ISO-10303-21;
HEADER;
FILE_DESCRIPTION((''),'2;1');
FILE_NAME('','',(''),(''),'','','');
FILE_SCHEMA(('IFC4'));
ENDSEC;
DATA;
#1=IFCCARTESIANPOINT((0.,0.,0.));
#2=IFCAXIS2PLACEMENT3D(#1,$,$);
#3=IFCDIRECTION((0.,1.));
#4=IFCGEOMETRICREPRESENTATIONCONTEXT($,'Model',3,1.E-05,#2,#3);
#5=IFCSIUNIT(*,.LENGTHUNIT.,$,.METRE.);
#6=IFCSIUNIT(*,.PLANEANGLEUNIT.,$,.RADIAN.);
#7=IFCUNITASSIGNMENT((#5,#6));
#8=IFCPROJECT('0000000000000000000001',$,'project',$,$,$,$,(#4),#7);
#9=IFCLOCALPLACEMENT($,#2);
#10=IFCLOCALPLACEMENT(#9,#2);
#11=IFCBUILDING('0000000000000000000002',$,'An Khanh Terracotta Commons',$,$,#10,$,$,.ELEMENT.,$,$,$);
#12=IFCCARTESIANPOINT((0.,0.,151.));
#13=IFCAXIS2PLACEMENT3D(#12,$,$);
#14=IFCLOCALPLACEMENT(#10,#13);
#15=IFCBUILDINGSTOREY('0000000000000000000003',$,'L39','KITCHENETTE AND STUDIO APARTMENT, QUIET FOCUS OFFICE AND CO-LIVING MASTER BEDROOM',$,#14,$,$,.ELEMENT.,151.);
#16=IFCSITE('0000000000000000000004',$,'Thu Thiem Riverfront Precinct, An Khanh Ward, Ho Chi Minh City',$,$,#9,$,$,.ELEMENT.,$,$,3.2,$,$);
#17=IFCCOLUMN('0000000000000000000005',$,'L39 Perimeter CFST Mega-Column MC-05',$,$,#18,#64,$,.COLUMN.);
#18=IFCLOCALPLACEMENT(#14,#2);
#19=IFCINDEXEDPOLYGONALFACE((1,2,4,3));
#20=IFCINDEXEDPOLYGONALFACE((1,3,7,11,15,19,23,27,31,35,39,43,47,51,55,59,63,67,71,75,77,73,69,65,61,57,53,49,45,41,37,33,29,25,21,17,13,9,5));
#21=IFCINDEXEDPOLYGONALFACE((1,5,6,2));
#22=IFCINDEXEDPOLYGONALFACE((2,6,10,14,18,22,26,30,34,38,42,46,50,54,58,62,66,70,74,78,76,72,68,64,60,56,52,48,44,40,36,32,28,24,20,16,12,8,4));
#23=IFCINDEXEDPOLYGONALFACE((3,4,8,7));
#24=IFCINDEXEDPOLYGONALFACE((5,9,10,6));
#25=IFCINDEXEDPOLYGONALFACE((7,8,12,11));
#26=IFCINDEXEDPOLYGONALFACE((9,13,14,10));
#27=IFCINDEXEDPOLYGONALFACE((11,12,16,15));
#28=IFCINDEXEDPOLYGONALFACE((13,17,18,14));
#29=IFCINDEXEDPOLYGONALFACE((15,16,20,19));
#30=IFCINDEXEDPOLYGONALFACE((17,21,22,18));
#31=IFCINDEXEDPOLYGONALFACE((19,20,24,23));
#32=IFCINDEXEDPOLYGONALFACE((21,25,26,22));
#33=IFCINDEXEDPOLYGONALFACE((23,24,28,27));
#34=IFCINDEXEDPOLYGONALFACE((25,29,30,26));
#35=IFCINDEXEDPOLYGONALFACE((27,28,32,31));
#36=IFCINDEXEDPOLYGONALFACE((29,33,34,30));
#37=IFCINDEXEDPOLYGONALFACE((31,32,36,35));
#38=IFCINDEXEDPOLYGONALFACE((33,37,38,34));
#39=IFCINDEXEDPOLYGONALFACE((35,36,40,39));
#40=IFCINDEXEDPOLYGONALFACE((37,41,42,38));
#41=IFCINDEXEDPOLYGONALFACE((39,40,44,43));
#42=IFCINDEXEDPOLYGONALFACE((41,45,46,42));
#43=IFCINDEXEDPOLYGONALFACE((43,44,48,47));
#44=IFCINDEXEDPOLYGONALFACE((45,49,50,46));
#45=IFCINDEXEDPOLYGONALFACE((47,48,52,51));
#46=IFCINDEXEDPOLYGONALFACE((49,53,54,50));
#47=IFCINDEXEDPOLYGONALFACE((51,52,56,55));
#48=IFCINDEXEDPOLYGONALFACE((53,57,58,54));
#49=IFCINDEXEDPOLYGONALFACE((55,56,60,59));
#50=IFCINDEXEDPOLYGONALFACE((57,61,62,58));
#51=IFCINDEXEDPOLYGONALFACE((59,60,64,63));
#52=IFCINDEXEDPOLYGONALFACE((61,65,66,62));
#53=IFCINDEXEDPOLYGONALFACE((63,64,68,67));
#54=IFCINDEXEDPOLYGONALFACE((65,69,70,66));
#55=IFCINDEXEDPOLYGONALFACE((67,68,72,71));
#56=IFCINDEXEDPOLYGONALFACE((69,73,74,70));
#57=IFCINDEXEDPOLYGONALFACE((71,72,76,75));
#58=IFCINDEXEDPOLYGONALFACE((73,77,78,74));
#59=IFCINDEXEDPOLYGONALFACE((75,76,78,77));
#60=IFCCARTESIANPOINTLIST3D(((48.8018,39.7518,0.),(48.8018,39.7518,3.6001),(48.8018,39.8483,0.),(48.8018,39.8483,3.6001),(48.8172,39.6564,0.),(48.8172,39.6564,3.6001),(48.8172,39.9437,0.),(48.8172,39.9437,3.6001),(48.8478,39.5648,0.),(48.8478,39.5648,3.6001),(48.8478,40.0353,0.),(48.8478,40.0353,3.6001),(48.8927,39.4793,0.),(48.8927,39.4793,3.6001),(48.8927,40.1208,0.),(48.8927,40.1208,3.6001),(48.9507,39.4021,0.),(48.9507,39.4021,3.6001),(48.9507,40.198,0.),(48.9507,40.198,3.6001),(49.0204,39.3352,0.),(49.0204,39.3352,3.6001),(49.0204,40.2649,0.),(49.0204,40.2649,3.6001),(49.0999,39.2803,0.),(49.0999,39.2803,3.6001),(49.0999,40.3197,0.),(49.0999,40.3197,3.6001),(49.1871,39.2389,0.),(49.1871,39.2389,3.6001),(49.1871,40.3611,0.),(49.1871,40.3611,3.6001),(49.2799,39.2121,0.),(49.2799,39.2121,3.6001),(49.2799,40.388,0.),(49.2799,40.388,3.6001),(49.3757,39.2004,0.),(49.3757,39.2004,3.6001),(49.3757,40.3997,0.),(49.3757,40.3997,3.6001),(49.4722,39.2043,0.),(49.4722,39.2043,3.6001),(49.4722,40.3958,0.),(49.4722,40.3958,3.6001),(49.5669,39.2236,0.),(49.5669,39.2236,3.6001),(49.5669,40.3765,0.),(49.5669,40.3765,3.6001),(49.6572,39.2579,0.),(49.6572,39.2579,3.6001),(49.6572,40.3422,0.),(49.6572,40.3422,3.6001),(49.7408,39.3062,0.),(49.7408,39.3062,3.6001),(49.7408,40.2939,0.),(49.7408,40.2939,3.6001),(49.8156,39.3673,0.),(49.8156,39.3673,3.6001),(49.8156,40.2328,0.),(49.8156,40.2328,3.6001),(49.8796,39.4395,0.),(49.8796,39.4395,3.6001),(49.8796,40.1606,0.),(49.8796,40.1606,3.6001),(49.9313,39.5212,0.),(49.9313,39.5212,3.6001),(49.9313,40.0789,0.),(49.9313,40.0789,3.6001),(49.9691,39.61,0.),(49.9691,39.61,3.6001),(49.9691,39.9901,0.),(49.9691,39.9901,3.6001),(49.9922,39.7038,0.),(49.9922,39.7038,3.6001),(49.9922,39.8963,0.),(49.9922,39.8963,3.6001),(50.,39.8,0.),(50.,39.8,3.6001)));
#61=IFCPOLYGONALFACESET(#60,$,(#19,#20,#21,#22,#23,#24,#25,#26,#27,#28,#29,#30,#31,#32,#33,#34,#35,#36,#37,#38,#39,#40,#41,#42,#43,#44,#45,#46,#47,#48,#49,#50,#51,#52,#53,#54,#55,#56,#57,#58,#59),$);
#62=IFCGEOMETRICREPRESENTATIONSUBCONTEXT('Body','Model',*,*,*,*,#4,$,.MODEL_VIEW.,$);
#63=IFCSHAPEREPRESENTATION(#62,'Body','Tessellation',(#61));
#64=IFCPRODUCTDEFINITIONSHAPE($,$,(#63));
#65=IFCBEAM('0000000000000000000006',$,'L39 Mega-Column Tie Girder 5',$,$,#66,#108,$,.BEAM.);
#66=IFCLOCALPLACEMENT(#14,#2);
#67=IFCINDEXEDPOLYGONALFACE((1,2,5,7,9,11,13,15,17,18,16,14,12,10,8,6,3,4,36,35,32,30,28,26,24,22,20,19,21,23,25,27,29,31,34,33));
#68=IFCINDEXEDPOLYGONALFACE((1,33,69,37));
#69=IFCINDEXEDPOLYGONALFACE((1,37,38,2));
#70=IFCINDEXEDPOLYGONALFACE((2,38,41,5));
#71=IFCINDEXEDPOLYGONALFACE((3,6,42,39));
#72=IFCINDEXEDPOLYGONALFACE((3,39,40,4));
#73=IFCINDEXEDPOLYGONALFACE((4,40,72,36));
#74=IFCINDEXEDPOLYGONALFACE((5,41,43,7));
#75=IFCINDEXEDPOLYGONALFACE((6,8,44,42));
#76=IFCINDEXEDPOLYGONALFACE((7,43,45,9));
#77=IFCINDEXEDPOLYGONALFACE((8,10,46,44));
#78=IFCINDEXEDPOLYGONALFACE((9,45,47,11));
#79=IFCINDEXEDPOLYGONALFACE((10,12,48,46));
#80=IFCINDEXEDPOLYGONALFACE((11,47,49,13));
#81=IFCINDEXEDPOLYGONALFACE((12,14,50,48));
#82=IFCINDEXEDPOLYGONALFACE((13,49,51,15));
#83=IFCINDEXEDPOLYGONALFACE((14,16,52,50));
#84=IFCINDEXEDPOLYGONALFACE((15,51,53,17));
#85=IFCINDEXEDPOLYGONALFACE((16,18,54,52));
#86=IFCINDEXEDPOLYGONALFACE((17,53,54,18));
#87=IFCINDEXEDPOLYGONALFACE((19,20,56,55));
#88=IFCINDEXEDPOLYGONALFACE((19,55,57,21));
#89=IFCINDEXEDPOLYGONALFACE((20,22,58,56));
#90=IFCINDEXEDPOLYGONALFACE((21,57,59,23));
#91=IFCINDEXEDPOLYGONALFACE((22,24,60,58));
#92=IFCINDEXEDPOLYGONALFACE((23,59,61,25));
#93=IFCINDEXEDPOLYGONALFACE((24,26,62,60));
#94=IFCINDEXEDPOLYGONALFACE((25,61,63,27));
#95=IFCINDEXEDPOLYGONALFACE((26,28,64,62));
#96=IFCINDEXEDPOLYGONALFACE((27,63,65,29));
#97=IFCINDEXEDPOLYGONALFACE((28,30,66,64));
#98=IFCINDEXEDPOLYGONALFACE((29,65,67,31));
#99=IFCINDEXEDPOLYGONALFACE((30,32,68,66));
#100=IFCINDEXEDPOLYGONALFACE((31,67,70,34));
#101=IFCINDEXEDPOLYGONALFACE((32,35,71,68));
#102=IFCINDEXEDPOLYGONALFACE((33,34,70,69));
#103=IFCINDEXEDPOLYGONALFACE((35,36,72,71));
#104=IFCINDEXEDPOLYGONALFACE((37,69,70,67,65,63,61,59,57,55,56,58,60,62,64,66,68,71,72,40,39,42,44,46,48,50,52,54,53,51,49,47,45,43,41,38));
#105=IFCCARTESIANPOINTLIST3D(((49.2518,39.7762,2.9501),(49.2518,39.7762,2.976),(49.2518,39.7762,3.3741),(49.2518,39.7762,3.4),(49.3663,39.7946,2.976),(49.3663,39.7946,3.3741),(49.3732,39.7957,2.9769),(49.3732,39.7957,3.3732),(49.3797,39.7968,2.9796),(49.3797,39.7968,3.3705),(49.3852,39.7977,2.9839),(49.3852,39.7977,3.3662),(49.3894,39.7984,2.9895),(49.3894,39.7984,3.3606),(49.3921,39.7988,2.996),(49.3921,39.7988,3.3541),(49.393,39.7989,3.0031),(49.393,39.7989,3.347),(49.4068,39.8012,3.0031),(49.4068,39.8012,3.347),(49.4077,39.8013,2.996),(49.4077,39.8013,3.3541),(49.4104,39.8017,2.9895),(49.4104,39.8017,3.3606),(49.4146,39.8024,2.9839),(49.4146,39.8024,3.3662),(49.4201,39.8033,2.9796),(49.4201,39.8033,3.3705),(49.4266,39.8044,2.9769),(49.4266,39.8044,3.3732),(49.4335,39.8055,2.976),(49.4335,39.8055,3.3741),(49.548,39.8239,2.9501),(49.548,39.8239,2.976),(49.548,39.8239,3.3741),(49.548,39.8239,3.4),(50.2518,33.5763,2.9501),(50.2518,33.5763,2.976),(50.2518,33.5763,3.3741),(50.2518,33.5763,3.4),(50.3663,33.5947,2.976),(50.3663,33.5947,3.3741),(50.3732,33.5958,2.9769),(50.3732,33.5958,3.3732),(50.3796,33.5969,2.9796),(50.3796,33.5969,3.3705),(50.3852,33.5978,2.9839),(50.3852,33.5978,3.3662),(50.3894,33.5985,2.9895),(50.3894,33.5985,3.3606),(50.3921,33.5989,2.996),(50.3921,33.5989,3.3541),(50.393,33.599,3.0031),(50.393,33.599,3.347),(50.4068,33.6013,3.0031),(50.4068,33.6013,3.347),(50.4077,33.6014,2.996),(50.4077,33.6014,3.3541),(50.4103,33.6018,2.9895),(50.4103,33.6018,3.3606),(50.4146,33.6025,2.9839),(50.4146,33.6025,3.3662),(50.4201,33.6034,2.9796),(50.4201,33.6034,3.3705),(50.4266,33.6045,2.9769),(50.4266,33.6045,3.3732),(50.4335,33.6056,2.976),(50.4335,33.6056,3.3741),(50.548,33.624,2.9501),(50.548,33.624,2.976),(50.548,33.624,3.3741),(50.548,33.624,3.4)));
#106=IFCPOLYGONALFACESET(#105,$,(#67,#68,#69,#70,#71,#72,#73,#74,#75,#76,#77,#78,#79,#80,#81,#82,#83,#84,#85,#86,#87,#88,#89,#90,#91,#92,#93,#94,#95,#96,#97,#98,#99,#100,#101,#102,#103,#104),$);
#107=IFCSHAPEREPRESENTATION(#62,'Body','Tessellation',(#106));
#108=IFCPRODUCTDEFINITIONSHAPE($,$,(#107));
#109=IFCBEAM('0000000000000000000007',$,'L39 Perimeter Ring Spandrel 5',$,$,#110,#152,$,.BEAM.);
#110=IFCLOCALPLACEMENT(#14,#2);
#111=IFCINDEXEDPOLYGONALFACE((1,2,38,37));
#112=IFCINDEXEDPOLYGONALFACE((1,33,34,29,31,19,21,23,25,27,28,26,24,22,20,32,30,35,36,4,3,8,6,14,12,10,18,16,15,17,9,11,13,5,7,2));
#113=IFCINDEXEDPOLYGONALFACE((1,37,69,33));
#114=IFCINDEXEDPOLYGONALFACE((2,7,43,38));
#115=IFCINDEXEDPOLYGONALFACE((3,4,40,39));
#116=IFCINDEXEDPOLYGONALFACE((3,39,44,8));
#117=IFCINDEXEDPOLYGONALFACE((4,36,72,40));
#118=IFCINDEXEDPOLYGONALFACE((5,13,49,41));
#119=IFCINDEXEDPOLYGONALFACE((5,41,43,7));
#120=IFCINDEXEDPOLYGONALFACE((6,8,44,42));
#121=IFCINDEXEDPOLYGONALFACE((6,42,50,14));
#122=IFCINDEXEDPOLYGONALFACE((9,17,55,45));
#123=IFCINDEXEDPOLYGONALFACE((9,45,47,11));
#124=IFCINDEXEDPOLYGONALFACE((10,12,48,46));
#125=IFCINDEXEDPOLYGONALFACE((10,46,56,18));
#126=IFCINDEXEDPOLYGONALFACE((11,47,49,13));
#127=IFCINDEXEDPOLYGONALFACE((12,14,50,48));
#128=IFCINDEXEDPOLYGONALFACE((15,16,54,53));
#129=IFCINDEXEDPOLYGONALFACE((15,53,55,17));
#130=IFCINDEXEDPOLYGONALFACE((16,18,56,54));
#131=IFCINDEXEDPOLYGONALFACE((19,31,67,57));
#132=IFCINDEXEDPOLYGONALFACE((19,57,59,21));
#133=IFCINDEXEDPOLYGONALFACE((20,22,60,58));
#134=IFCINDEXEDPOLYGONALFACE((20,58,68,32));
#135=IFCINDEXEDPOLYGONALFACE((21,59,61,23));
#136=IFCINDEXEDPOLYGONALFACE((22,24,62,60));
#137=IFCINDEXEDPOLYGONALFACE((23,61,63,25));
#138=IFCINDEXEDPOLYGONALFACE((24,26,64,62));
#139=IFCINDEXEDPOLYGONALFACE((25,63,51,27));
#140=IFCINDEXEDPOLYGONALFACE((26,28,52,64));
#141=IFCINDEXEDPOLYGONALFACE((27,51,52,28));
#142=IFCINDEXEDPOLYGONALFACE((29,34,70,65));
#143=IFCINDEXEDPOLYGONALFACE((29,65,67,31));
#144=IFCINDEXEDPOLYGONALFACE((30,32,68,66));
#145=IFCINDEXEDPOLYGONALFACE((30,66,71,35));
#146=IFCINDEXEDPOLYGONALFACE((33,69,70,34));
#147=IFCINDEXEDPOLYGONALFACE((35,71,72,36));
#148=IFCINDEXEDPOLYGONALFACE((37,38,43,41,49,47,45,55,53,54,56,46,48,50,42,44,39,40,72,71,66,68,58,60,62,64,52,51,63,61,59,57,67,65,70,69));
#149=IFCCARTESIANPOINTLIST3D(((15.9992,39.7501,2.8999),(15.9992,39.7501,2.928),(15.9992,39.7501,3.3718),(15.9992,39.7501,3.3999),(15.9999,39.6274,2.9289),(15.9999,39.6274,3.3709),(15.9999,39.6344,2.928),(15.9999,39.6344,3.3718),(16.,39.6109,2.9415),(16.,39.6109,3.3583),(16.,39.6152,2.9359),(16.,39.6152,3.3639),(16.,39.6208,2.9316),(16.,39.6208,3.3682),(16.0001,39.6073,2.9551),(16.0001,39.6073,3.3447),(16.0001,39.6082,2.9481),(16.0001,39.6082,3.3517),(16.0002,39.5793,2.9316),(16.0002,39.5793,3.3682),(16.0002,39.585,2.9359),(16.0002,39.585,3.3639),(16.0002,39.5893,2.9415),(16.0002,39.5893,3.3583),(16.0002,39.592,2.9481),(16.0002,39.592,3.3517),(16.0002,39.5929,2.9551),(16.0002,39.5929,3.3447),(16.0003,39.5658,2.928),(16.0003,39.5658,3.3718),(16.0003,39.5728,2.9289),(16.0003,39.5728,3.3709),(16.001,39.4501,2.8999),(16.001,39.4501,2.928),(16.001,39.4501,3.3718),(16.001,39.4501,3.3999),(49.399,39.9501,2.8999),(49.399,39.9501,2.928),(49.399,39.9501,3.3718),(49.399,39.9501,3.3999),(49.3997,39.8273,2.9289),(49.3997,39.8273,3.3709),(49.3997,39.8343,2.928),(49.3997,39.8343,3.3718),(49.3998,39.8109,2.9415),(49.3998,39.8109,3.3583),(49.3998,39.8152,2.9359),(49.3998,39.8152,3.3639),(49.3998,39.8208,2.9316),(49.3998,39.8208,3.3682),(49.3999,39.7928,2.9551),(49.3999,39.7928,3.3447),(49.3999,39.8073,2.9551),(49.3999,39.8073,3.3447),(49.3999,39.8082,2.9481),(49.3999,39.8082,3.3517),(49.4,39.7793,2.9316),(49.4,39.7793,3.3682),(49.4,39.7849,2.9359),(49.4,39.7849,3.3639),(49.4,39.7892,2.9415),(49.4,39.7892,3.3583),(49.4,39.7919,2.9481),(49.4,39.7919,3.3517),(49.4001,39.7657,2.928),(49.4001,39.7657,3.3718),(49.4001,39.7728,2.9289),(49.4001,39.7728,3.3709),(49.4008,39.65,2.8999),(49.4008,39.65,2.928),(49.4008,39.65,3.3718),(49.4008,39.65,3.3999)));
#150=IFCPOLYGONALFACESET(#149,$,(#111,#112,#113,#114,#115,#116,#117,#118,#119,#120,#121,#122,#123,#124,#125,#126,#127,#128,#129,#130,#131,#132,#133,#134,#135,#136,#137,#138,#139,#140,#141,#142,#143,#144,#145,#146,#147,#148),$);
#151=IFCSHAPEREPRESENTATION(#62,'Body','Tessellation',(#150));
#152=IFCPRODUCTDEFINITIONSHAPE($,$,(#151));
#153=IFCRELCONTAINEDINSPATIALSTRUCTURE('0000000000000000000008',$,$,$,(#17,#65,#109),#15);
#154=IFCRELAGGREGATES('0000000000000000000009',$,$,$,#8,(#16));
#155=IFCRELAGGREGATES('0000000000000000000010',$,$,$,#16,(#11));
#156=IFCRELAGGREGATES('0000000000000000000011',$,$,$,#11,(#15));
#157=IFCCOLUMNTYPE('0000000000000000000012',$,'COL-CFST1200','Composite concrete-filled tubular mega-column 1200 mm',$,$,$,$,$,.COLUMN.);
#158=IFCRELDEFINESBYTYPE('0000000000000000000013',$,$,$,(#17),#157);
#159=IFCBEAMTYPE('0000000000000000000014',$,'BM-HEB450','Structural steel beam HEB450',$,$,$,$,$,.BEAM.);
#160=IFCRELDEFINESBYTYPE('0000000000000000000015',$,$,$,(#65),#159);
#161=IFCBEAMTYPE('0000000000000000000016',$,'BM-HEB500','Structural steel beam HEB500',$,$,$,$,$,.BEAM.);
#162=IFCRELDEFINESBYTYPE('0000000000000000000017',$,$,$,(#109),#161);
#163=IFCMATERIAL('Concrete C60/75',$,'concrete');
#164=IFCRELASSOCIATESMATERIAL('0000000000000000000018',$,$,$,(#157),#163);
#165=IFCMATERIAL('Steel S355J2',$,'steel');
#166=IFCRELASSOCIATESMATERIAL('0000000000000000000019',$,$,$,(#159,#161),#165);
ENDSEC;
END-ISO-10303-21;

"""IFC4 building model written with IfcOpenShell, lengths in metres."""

from ifc_helpers import new_model, si_unit, direction, frame, origin, origin_2d, place, context, subcontext, project, spatial, circle, i_section, extrude, material, material_profile, profile_set, type_object, element, save


model = new_model("IFC4")

# Units and contexts
model_context = context("Model", 3, precision=1e-05, world=origin(), true_north=direction((0.0, 1.0)))
body_context = subcontext(model_context, "Body", "Model", "MODEL_VIEW")
ifc_project = project(units=[si_unit("LENGTHUNIT", "METRE"), si_unit("PLANEANGLEUNIT", "RADIAN")], contexts=[model_context])

# Site, building, storey
site_placement = place(None, origin())
site = spatial("IfcSite", under=ifc_project, at=site_placement, Name="Thu Thiem Riverfront Precinct, An Khanh Ward, Ho Chi Minh City", CompositionType="ELEMENT", RefElevation=3.2)
building_placement = place(site_placement, origin())
building = spatial("IfcBuilding", under=site, at=building_placement, Name="An Khanh Terracotta Commons", CompositionType="ELEMENT")
storey_placement = place(building_placement, frame((0.0, 0.0, 151.0)))
storey = spatial("IfcBuildingStorey", under=building, at=storey_placement, Name="L39", Description="KITCHENETTE AND STUDIO APARTMENT, QUIET FOCUS OFFICE AND CO-LIVING MASTER BEDROOM", CompositionType="ELEMENT", Elevation=151.0)

# Column
ifc_material_1 = material(Name="Concrete C60/75", Category="concrete")
ifc_material_profile_1 = material_profile(ifc_material_1, circle(Radius=0.6001, at=origin_2d()), Name="CFST1200")
ifc_profile_set_1 = profile_set([ifc_material_profile_1], Name="Concrete C60/75")
column_type = type_object("IfcColumnType", Name="COL-CFST1200", Description="Composite concrete-filled tubular mega-column 1200 mm", PredefinedType="COLUMN", material=ifc_profile_set_1)
column_placement = place(storey_placement, frame((49.3999, 39.8, 0.0), z_axis=(0.0, 0.0, 1.0), x_axis=(1.0, 0.0, 0.0)))
element("IfcColumn", 1, at=column_placement, inside=storey, type_object=column_type, Name="L39 Perimeter CFST Mega-Column MC-05", PredefinedType="COLUMN", context=body_context, shape_type="SweptSolid", body=[
    extrude(circle(Radius=0.6001, at=origin_2d()), origin(), (0.0, 0.0, 1.0), 3.6001),
])

# Beams
ifc_material_2 = material(Name="Steel S355J2", Category="steel")
ifc_material_profile_2 = material_profile(ifc_material_2, i_section(OverallWidth=0.3, OverallDepth=0.45, WebThickness=0.0139, FlangeThickness=0.0259, FilletRadius=0.0271, at=origin_2d()), Name="HEB450")
ifc_profile_set_2 = profile_set([ifc_material_profile_2], Name="Steel S355J2")
beam_type_1 = type_object("IfcBeamType", Name="BM-HEB450", Description="Structural steel beam HEB450", PredefinedType="BEAM", material=ifc_profile_set_2)
beam_1_placement = place(storey_placement, frame((49.3999, 39.8, 3.175), z_axis=(0.159234, -0.987241, 0.0), x_axis=(0.987241, 0.159234, 0.0)))
element("IfcBeam", 2, at=beam_1_placement, inside=storey, type_object=beam_type_1, Name="L39 Mega-Column Tie Girder 5", PredefinedType="BEAM", context=body_context, shape_type="SweptSolid", body=[
    extrude(i_section(OverallWidth=0.3, OverallDepth=0.45, WebThickness=0.0139, FlangeThickness=0.0259, FilletRadius=0.0271, at=origin_2d()), origin(), (0.0, 0.0, 1.0), 6.28),
])
ifc_material_profile_3 = material_profile(ifc_material_2, i_section(OverallWidth=0.3, OverallDepth=0.5, WebThickness=0.0144, FlangeThickness=0.0281, FilletRadius=0.0271, at=origin_2d()), Name="HEB500")
ifc_profile_set_3 = profile_set([ifc_material_profile_3], Name="Steel S355J2")
beam_type_2 = type_object("IfcBeamType", Name="BM-HEB500", Description="Structural steel beam HEB500", PredefinedType="BEAM", material=ifc_profile_set_3)
beam_2_placement = place(storey_placement, frame((49.3999, 39.8, 3.1499), z_axis=(-0.999982, -0.005986, 0.0), x_axis=(0.005986, -0.999982, 0.0)))
element("IfcBeam", 3, at=beam_2_placement, inside=storey, type_object=beam_type_2, Name="L39 Perimeter Ring Spandrel 5", PredefinedType="BEAM", context=body_context, shape_type="SweptSolid", body=[
    extrude(i_section(OverallWidth=0.3, OverallDepth=0.5, WebThickness=0.0144, FlangeThickness=0.0281, FilletRadius=0.0271, at=origin_2d()), origin(), (0.0, 0.0, 1.0), 33.4004),
])

save(model, "model.ifc")
